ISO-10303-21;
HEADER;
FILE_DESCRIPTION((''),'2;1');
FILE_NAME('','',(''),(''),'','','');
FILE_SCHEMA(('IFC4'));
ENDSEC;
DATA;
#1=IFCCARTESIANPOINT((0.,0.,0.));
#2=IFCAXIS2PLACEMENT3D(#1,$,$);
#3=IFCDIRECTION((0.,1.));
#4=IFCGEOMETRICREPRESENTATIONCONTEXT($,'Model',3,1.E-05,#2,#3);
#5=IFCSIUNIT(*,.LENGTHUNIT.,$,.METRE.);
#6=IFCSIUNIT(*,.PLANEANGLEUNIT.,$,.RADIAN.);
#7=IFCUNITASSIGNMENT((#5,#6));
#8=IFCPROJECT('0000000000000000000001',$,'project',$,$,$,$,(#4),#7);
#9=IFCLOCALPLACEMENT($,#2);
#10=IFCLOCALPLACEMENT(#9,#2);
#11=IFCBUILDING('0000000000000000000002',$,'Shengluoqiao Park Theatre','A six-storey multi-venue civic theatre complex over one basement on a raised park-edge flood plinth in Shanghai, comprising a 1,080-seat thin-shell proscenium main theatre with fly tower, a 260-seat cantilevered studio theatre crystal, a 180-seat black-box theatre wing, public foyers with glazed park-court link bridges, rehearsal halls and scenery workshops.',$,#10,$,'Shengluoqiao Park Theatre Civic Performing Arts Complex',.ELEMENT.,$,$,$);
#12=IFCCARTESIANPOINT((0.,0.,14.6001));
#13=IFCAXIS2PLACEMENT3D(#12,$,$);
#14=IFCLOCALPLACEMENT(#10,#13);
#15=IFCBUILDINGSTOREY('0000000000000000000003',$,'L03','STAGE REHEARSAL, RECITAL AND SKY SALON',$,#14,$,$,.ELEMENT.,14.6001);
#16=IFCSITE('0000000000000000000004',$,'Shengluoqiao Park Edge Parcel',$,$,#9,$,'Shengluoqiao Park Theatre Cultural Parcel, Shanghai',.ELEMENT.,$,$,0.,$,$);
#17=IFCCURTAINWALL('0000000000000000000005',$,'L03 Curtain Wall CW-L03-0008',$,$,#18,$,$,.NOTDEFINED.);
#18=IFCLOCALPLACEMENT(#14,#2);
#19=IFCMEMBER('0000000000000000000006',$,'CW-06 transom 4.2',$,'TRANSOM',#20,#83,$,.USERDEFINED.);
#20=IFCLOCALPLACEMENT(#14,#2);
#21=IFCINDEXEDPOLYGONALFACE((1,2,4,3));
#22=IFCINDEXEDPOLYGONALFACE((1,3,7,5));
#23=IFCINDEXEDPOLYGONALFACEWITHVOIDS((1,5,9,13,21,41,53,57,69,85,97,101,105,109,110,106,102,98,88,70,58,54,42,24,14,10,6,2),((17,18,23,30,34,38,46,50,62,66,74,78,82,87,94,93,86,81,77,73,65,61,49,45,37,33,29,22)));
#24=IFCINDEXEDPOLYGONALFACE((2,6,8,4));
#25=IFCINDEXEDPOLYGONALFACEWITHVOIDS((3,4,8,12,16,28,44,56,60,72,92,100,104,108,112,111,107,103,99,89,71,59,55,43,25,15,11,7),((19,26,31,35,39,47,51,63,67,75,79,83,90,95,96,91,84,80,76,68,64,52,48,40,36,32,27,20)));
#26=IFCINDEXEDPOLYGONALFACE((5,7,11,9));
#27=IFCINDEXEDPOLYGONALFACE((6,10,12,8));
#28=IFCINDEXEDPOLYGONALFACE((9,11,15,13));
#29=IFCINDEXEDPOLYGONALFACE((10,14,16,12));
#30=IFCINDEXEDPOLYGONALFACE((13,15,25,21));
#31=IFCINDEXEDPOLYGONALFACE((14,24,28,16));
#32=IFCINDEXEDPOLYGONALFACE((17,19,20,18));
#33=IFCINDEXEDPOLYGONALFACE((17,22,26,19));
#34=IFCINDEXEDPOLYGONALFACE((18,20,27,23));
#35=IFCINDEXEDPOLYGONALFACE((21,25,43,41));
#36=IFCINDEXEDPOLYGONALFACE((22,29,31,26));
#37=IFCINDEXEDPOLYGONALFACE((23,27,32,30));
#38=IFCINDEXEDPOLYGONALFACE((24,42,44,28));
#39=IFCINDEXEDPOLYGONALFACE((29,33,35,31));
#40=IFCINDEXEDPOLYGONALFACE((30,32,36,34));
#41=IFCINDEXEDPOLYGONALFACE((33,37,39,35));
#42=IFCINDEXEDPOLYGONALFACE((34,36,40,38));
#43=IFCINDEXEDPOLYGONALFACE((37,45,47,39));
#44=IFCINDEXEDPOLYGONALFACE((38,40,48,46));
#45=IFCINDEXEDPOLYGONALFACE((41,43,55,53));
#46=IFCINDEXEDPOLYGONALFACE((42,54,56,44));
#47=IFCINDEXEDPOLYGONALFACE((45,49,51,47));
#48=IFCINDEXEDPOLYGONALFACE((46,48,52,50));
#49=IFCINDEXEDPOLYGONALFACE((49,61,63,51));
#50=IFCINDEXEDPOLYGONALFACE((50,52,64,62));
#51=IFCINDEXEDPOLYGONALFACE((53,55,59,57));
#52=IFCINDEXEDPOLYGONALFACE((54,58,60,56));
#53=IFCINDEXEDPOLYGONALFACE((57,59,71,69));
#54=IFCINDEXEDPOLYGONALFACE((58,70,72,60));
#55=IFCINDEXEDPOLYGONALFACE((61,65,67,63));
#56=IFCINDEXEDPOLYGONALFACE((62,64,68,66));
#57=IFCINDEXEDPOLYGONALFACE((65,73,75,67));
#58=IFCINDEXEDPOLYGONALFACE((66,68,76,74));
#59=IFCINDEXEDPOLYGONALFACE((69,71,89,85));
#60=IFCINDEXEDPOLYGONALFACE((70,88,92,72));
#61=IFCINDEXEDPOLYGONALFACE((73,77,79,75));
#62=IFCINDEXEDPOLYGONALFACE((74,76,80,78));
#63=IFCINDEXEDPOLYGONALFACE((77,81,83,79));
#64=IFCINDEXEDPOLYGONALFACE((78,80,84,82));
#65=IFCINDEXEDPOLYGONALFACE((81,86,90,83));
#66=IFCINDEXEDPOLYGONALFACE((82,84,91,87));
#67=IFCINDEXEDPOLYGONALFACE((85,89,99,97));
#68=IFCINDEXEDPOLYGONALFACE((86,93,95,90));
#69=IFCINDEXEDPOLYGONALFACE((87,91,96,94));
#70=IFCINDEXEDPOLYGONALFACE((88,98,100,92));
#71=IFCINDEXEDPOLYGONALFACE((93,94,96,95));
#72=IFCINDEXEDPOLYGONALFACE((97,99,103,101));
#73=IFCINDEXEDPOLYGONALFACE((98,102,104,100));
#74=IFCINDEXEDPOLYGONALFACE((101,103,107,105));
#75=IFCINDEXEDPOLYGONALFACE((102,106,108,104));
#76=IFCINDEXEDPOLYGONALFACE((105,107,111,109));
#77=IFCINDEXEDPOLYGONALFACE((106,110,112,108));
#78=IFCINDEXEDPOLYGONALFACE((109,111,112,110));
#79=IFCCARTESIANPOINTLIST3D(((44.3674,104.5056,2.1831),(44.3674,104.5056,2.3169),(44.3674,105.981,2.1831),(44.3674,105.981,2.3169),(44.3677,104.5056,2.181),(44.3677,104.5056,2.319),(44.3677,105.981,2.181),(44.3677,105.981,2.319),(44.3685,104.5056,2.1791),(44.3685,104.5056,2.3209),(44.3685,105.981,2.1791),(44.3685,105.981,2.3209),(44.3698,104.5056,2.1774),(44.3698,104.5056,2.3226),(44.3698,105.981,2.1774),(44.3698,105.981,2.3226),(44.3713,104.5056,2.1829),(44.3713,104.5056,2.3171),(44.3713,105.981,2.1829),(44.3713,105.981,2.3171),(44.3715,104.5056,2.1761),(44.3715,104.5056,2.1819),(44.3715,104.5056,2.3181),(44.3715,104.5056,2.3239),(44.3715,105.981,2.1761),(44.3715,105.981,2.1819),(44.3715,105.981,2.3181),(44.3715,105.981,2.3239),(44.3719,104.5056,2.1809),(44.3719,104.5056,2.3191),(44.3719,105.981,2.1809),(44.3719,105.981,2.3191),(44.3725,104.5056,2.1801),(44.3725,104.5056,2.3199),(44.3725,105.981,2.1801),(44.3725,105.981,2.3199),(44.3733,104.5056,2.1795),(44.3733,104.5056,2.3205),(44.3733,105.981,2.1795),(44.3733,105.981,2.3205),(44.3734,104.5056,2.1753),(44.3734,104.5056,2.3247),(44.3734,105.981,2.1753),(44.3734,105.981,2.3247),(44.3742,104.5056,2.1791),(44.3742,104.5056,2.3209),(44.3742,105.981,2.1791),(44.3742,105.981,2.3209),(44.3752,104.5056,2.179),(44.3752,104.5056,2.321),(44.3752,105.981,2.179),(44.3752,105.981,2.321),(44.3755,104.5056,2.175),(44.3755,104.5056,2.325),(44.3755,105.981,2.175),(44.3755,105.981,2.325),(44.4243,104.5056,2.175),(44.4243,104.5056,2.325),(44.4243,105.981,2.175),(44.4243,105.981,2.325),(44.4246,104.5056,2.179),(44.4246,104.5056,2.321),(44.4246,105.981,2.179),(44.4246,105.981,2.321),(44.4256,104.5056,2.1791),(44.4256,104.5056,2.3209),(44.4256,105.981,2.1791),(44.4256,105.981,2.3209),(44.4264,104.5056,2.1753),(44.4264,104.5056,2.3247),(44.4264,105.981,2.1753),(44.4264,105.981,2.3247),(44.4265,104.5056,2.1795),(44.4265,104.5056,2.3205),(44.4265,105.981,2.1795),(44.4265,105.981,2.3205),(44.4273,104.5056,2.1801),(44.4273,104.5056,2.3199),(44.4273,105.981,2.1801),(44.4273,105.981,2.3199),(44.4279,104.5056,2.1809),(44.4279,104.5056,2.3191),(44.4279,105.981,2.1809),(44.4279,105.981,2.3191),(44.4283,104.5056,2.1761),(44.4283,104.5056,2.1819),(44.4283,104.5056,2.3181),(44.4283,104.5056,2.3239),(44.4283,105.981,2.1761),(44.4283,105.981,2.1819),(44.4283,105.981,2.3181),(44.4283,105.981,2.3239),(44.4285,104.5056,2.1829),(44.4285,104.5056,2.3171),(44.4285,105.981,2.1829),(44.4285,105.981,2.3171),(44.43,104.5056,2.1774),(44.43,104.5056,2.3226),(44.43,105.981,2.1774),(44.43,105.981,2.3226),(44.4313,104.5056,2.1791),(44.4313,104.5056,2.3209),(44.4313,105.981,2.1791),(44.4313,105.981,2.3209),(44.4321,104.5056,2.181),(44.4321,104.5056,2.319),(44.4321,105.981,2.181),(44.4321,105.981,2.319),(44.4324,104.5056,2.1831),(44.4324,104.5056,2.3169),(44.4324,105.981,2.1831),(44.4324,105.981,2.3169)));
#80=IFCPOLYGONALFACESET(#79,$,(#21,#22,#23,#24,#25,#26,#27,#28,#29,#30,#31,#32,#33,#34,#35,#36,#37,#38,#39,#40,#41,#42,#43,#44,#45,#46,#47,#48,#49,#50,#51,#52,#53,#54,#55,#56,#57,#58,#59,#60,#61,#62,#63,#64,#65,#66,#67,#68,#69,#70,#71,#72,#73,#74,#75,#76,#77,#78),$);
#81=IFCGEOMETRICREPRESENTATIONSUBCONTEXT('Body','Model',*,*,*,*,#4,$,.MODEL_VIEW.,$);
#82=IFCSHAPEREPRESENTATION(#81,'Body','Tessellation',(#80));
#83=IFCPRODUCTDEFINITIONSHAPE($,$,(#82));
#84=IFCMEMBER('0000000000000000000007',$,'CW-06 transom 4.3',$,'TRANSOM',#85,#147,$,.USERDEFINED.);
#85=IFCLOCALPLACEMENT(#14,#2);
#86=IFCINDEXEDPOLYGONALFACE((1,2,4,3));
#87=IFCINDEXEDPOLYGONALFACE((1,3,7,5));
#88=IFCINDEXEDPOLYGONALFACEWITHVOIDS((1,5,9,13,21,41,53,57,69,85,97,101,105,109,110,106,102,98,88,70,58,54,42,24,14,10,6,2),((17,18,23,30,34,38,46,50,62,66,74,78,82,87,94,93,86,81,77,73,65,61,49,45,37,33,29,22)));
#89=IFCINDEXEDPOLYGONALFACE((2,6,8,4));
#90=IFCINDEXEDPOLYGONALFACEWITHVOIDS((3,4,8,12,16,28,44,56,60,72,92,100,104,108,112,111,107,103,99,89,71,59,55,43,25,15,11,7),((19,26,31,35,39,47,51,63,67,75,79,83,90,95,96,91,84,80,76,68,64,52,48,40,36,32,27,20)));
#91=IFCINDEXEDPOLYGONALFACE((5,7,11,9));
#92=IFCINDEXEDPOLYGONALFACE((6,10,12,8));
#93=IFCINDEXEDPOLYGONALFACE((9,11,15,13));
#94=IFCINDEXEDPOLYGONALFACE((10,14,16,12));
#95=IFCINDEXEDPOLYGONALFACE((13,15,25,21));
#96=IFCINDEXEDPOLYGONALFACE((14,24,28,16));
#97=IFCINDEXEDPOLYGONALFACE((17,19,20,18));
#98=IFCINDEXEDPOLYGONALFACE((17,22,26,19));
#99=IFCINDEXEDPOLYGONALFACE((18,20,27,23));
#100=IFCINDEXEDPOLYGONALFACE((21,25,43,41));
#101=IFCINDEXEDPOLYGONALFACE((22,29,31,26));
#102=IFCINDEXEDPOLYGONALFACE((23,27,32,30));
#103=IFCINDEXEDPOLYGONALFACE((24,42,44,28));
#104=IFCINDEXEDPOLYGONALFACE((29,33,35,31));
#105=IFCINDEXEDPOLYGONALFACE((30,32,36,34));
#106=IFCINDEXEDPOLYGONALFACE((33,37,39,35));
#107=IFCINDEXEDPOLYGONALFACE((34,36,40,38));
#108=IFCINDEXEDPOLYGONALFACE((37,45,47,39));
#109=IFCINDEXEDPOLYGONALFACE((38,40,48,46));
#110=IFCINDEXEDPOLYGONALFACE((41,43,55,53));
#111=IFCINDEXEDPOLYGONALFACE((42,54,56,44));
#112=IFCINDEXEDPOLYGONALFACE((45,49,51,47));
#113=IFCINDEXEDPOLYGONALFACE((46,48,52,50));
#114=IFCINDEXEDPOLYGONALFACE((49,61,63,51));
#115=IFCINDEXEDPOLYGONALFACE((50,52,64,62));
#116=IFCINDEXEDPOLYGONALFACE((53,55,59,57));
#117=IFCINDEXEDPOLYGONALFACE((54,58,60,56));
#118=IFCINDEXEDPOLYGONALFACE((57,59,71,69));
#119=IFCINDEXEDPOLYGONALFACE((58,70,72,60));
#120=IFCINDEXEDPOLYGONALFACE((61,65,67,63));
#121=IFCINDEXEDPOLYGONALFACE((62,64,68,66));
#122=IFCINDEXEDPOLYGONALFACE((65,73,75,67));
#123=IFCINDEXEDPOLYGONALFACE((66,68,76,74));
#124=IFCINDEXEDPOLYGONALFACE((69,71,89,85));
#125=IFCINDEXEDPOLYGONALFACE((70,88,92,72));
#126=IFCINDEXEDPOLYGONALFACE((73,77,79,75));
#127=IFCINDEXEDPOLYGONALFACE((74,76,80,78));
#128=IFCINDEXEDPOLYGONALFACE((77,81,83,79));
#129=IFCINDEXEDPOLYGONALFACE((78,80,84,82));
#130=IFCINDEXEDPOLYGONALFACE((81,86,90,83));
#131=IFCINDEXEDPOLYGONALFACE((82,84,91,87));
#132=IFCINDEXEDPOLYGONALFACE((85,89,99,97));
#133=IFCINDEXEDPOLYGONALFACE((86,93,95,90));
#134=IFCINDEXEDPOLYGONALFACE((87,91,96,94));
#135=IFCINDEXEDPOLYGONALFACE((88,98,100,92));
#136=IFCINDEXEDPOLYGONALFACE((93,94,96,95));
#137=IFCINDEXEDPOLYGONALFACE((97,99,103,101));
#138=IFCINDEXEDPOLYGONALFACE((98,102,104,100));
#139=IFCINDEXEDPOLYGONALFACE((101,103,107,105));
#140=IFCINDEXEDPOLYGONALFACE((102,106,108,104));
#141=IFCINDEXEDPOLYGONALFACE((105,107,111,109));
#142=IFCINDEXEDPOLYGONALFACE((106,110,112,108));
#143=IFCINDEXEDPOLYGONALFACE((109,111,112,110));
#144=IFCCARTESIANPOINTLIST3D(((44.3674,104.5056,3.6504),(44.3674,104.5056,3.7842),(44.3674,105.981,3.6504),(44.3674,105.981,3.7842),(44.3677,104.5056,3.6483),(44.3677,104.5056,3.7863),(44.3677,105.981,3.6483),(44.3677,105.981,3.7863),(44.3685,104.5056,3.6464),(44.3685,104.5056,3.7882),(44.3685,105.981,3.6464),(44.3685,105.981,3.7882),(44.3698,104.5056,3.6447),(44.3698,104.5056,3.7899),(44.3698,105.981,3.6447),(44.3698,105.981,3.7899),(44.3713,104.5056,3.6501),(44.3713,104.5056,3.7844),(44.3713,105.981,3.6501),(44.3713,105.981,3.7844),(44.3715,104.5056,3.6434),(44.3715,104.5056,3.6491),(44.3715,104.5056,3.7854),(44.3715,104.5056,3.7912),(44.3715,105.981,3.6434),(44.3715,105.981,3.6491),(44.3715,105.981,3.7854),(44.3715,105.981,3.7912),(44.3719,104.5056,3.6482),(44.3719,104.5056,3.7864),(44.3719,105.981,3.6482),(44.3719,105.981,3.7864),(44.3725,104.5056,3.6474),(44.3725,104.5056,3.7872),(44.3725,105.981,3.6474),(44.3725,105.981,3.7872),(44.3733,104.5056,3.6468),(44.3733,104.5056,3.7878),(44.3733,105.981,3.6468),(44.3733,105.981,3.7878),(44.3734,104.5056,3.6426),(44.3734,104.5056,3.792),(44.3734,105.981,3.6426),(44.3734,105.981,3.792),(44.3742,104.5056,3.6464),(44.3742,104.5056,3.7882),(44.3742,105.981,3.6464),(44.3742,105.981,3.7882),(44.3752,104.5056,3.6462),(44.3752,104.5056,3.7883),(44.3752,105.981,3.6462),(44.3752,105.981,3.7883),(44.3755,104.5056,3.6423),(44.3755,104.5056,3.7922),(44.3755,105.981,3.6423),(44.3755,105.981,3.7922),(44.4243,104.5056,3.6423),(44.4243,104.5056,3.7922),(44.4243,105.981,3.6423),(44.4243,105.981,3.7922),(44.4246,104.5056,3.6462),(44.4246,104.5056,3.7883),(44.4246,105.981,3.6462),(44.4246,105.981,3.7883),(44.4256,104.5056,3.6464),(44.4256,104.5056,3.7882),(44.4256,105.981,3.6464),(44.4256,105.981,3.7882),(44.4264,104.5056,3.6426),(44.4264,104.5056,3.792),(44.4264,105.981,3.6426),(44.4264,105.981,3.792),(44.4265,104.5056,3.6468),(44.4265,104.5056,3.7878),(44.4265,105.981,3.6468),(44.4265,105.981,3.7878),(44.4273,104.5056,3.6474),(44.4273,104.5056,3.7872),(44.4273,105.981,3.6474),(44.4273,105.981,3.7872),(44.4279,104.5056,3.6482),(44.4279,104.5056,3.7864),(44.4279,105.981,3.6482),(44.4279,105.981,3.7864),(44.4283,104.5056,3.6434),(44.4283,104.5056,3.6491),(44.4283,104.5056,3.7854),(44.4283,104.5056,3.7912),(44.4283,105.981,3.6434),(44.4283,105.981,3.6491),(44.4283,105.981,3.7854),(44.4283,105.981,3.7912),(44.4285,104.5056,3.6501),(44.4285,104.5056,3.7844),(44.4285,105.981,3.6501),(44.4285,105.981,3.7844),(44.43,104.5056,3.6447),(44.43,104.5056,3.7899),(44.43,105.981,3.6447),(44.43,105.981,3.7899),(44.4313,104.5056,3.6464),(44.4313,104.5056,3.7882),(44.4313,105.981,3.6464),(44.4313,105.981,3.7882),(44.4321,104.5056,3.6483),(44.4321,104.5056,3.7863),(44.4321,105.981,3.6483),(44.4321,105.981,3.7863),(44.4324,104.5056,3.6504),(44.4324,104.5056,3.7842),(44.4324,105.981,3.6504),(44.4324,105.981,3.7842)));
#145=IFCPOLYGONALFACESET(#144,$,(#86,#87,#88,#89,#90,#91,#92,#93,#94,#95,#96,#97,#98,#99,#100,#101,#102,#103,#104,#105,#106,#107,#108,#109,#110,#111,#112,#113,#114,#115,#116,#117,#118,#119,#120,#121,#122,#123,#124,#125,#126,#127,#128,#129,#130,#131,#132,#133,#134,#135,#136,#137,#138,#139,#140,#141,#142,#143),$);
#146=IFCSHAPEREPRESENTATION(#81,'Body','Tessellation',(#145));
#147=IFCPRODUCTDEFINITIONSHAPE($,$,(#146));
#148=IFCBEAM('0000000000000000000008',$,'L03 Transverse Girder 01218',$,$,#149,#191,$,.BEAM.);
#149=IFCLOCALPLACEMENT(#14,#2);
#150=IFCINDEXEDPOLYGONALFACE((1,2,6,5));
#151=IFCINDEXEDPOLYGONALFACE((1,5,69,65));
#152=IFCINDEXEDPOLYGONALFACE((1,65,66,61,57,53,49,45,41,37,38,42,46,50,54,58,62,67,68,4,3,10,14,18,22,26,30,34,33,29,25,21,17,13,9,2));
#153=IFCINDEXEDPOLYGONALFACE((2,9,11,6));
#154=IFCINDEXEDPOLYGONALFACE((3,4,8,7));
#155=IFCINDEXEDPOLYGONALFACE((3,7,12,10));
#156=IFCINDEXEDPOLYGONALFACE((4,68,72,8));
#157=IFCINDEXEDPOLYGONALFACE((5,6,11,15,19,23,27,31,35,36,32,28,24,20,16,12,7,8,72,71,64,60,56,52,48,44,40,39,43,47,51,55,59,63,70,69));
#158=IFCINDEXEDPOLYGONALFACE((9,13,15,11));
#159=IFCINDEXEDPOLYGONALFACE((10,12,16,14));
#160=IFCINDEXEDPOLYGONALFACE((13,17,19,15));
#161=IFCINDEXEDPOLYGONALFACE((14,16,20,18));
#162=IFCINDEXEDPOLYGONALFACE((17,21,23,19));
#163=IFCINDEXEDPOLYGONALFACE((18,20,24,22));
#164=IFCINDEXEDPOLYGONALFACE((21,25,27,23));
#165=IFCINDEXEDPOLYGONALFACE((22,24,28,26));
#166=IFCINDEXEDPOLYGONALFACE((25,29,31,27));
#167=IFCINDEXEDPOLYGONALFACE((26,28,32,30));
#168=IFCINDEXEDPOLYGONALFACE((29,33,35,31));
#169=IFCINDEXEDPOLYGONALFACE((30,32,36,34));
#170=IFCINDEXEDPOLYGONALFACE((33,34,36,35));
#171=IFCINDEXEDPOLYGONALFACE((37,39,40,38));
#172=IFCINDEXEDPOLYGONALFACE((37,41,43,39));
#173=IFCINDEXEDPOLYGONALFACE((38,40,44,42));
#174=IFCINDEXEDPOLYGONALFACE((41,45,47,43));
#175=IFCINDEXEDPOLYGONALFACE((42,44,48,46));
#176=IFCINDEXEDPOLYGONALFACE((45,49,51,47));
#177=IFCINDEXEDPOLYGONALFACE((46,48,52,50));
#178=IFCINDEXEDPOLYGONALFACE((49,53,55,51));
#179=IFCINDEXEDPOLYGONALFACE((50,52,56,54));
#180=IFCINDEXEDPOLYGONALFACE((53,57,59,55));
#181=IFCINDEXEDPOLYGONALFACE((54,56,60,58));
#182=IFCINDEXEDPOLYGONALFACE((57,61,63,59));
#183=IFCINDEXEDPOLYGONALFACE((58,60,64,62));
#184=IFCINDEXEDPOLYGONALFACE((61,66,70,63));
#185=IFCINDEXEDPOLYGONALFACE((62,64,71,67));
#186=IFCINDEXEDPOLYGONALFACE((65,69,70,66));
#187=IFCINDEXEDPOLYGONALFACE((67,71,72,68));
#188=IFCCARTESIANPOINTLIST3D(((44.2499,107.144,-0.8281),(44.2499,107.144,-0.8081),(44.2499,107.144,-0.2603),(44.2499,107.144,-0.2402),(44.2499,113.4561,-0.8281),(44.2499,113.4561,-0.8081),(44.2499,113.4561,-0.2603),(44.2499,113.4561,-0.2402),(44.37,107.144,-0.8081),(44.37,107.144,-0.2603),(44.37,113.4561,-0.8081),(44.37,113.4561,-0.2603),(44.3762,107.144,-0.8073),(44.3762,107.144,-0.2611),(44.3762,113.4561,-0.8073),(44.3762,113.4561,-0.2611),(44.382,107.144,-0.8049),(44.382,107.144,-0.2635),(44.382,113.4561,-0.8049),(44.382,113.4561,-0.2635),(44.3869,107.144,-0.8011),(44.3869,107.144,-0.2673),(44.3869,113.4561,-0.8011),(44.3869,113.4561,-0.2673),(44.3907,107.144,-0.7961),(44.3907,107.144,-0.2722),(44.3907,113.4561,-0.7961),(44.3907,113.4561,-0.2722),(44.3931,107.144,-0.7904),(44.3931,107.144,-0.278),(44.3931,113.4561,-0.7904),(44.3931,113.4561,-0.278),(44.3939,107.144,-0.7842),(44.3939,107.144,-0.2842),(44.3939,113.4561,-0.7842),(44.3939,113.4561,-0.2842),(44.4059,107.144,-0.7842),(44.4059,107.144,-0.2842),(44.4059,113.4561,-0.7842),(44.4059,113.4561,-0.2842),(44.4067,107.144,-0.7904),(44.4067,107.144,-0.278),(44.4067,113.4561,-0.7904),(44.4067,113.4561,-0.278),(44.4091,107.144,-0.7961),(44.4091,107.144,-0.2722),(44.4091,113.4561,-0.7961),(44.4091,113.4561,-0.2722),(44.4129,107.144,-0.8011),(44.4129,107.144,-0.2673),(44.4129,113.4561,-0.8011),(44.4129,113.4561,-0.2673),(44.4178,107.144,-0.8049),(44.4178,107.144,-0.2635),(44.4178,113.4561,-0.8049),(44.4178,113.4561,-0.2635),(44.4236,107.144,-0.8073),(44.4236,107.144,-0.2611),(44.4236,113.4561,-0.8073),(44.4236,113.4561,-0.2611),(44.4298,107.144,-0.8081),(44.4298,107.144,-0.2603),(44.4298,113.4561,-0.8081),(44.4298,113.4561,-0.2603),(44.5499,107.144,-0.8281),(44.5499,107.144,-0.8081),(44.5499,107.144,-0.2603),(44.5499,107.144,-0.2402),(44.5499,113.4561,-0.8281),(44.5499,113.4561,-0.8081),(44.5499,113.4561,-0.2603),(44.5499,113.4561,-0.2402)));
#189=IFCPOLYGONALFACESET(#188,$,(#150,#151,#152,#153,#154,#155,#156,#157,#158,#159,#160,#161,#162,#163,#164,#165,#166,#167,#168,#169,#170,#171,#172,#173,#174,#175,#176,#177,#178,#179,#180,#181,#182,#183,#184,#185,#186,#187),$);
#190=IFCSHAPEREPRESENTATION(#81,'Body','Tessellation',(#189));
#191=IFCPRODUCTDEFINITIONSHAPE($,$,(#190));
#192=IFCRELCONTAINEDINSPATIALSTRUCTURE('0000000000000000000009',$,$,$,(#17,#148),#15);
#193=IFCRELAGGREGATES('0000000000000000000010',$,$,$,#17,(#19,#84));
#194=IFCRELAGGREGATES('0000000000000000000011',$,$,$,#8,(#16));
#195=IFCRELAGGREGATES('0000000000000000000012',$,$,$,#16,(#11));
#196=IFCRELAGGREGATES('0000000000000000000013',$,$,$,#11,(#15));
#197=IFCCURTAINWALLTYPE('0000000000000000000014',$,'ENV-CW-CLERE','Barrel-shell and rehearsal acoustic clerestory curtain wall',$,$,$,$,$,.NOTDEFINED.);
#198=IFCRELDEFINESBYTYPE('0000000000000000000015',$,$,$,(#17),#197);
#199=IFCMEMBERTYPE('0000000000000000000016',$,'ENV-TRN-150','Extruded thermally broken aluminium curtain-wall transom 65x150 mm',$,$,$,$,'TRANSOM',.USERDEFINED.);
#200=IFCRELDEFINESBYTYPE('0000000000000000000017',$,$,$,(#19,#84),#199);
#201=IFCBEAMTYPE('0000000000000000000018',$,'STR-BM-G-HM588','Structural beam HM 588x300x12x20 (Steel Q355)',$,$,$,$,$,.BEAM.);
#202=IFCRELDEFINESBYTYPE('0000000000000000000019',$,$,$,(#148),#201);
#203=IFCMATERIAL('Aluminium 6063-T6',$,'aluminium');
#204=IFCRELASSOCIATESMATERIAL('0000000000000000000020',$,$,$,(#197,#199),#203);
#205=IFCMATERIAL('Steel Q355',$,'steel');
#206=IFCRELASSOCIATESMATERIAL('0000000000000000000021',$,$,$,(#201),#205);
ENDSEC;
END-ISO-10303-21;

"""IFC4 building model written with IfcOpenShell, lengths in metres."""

from ifc_helpers import new_model, si_unit, direction, frame, origin, origin_2d, place, context, subcontext, project, spatial, hollow_rectangle, i_section, extrude, material, material_profile, profile_set, type_object, element, aggregate, save


model = new_model("IFC4")

# Units and contexts
model_context = context("Model", 3, precision=1e-05, world=origin(), true_north=direction((0.0, 1.0)))
body_context = subcontext(model_context, "Body", "Model", "MODEL_VIEW")
ifc_project = project(units=[si_unit("LENGTHUNIT", "METRE"), si_unit("PLANEANGLEUNIT", "RADIAN")], contexts=[model_context])

# Site, building, storey
site_placement = place(None, origin())
site = spatial("IfcSite", under=ifc_project, at=site_placement, Name="Shengluoqiao Park Edge Parcel", LongName="Shengluoqiao Park Theatre Cultural Parcel, Shanghai", CompositionType="ELEMENT", RefElevation=0.0)
building_placement = place(site_placement, origin())
building = spatial("IfcBuilding", under=site, at=building_placement, Name="Shengluoqiao Park Theatre", Description="A six-storey multi-venue civic theatre complex over one basement on a raised park-edge flood plinth in Shanghai, comprising a 1,080-seat thin-shell proscenium main theatre with fly tower, a 260-seat cantilevered studio theatre crystal, a 180-seat black-box theatre wing, public foyers with glazed park-court link bridges, rehearsal halls and scenery workshops.", LongName="Shengluoqiao Park Theatre Civic Performing Arts Complex", CompositionType="ELEMENT")
storey_placement = place(building_placement, frame((0.0, 0.0, 14.6001)))
storey = spatial("IfcBuildingStorey", under=building, at=storey_placement, Name="L03", Description="STAGE REHEARSAL, RECITAL AND SKY SALON", CompositionType="ELEMENT", Elevation=14.6001)

# Curtain wall, members
ifc_material_1 = material(Name="Aluminium 6063-T6", Category="aluminium")
curtain_wall_type = type_object("IfcCurtainWallType", Name="ENV-CW-CLERE", Description="Barrel-shell and rehearsal acoustic clerestory curtain wall", PredefinedType="NOTDEFINED", material=ifc_material_1)
curtain_wall_placement = place(storey_placement, origin())
curtain_wall = element("IfcCurtainWall", 1, at=curtain_wall_placement, inside=storey, type_object=curtain_wall_type, Name="L03 Curtain Wall CW-L03-0008", PredefinedType="NOTDEFINED")
ifc_material_profile_1 = material_profile(ifc_material_1, hollow_rectangle(XDim=0.0649, YDim=0.1499, WallThickness=0.0039, InnerFilletRadius=0.0039, OuterFilletRadius=0.0081, at=origin_2d()), Name="ALU TRANSOM 150x65x4")
ifc_profile_set_1 = profile_set([ifc_material_profile_1], Name="Aluminium 6063-T6")
member_type_1 = type_object("IfcMemberType", Name="ENV-TRN-150", Description="Extruded thermally broken aluminium curtain-wall transom 65x150 mm", ElementType="TRANSOM", PredefinedType="USERDEFINED", material=ifc_profile_set_1)
member_1_placement = place(storey_placement, frame((44.3999, 104.5056, 2.25), z_axis=(0.0, 1.0, 0.0), x_axis=(-1.0, 0.0, 0.0)))
member_1 = element("IfcMember", 2, at=member_1_placement, type_object=member_type_1, Name="CW-06 transom 4.2", ObjectType="TRANSOM", PredefinedType="USERDEFINED", context=body_context, shape_type="SweptSolid", body=[
    extrude(hollow_rectangle(XDim=0.0649, YDim=0.1499, WallThickness=0.0039, InnerFilletRadius=0.0039, OuterFilletRadius=0.0081, at=origin_2d()), origin(), (0.0, 0.0, 1.0), 1.4753),
])
member_2_placement = place(storey_placement, frame((44.3999, 104.5056, 3.7173), z_axis=(0.0, 1.0, 0.0), x_axis=(-1.0, 0.0, 0.0)))
member_2 = element("IfcMember", 3, at=member_2_placement, type_object=member_type_1, Name="CW-06 transom 4.3", ObjectType="TRANSOM", PredefinedType="USERDEFINED", context=body_context, shape_type="SweptSolid", body=[
    extrude(hollow_rectangle(XDim=0.0649, YDim=0.1499, WallThickness=0.0039, InnerFilletRadius=0.0039, OuterFilletRadius=0.0081, at=origin_2d()), origin(), (0.0, 0.0, 1.0), 1.4753),
])

# Beam
ifc_material_2 = material(Name="Steel Q355", Category="steel")
ifc_material_profile_2 = material_profile(ifc_material_2, i_section(OverallWidth=0.3, OverallDepth=0.5879, WebThickness=0.012, FlangeThickness=0.02, FilletRadius=0.0239, at=origin_2d()), Name="HM 588x300x12x20")
ifc_profile_set_2 = profile_set([ifc_material_profile_2], Name="Steel Q355")
beam_type_1 = type_object("IfcBeamType", Name="STR-BM-G-HM588", Description="Structural beam HM 588x300x12x20 (Steel Q355)", PredefinedType="BEAM", material=ifc_profile_set_2)
beam_1_placement = place(storey_placement, frame((44.3999, 107.144, -0.5342), z_axis=(0.0, 1.0, 0.0), x_axis=(-1.0, 0.0, 0.0)))
element("IfcBeam", 4, at=beam_1_placement, inside=storey, type_object=beam_type_1, Name="L03 Transverse Girder 01218", PredefinedType="BEAM", context=body_context, shape_type="SweptSolid", body=[
    extrude(i_section(OverallWidth=0.3, OverallDepth=0.5879, WebThickness=0.012, FlangeThickness=0.02, FilletRadius=0.0239, at=origin_2d()), origin(), (0.0, 0.0, 1.0), 6.312),
])

aggregate(curtain_wall, [member_1, member_2])

save(model, "model.ifc")
